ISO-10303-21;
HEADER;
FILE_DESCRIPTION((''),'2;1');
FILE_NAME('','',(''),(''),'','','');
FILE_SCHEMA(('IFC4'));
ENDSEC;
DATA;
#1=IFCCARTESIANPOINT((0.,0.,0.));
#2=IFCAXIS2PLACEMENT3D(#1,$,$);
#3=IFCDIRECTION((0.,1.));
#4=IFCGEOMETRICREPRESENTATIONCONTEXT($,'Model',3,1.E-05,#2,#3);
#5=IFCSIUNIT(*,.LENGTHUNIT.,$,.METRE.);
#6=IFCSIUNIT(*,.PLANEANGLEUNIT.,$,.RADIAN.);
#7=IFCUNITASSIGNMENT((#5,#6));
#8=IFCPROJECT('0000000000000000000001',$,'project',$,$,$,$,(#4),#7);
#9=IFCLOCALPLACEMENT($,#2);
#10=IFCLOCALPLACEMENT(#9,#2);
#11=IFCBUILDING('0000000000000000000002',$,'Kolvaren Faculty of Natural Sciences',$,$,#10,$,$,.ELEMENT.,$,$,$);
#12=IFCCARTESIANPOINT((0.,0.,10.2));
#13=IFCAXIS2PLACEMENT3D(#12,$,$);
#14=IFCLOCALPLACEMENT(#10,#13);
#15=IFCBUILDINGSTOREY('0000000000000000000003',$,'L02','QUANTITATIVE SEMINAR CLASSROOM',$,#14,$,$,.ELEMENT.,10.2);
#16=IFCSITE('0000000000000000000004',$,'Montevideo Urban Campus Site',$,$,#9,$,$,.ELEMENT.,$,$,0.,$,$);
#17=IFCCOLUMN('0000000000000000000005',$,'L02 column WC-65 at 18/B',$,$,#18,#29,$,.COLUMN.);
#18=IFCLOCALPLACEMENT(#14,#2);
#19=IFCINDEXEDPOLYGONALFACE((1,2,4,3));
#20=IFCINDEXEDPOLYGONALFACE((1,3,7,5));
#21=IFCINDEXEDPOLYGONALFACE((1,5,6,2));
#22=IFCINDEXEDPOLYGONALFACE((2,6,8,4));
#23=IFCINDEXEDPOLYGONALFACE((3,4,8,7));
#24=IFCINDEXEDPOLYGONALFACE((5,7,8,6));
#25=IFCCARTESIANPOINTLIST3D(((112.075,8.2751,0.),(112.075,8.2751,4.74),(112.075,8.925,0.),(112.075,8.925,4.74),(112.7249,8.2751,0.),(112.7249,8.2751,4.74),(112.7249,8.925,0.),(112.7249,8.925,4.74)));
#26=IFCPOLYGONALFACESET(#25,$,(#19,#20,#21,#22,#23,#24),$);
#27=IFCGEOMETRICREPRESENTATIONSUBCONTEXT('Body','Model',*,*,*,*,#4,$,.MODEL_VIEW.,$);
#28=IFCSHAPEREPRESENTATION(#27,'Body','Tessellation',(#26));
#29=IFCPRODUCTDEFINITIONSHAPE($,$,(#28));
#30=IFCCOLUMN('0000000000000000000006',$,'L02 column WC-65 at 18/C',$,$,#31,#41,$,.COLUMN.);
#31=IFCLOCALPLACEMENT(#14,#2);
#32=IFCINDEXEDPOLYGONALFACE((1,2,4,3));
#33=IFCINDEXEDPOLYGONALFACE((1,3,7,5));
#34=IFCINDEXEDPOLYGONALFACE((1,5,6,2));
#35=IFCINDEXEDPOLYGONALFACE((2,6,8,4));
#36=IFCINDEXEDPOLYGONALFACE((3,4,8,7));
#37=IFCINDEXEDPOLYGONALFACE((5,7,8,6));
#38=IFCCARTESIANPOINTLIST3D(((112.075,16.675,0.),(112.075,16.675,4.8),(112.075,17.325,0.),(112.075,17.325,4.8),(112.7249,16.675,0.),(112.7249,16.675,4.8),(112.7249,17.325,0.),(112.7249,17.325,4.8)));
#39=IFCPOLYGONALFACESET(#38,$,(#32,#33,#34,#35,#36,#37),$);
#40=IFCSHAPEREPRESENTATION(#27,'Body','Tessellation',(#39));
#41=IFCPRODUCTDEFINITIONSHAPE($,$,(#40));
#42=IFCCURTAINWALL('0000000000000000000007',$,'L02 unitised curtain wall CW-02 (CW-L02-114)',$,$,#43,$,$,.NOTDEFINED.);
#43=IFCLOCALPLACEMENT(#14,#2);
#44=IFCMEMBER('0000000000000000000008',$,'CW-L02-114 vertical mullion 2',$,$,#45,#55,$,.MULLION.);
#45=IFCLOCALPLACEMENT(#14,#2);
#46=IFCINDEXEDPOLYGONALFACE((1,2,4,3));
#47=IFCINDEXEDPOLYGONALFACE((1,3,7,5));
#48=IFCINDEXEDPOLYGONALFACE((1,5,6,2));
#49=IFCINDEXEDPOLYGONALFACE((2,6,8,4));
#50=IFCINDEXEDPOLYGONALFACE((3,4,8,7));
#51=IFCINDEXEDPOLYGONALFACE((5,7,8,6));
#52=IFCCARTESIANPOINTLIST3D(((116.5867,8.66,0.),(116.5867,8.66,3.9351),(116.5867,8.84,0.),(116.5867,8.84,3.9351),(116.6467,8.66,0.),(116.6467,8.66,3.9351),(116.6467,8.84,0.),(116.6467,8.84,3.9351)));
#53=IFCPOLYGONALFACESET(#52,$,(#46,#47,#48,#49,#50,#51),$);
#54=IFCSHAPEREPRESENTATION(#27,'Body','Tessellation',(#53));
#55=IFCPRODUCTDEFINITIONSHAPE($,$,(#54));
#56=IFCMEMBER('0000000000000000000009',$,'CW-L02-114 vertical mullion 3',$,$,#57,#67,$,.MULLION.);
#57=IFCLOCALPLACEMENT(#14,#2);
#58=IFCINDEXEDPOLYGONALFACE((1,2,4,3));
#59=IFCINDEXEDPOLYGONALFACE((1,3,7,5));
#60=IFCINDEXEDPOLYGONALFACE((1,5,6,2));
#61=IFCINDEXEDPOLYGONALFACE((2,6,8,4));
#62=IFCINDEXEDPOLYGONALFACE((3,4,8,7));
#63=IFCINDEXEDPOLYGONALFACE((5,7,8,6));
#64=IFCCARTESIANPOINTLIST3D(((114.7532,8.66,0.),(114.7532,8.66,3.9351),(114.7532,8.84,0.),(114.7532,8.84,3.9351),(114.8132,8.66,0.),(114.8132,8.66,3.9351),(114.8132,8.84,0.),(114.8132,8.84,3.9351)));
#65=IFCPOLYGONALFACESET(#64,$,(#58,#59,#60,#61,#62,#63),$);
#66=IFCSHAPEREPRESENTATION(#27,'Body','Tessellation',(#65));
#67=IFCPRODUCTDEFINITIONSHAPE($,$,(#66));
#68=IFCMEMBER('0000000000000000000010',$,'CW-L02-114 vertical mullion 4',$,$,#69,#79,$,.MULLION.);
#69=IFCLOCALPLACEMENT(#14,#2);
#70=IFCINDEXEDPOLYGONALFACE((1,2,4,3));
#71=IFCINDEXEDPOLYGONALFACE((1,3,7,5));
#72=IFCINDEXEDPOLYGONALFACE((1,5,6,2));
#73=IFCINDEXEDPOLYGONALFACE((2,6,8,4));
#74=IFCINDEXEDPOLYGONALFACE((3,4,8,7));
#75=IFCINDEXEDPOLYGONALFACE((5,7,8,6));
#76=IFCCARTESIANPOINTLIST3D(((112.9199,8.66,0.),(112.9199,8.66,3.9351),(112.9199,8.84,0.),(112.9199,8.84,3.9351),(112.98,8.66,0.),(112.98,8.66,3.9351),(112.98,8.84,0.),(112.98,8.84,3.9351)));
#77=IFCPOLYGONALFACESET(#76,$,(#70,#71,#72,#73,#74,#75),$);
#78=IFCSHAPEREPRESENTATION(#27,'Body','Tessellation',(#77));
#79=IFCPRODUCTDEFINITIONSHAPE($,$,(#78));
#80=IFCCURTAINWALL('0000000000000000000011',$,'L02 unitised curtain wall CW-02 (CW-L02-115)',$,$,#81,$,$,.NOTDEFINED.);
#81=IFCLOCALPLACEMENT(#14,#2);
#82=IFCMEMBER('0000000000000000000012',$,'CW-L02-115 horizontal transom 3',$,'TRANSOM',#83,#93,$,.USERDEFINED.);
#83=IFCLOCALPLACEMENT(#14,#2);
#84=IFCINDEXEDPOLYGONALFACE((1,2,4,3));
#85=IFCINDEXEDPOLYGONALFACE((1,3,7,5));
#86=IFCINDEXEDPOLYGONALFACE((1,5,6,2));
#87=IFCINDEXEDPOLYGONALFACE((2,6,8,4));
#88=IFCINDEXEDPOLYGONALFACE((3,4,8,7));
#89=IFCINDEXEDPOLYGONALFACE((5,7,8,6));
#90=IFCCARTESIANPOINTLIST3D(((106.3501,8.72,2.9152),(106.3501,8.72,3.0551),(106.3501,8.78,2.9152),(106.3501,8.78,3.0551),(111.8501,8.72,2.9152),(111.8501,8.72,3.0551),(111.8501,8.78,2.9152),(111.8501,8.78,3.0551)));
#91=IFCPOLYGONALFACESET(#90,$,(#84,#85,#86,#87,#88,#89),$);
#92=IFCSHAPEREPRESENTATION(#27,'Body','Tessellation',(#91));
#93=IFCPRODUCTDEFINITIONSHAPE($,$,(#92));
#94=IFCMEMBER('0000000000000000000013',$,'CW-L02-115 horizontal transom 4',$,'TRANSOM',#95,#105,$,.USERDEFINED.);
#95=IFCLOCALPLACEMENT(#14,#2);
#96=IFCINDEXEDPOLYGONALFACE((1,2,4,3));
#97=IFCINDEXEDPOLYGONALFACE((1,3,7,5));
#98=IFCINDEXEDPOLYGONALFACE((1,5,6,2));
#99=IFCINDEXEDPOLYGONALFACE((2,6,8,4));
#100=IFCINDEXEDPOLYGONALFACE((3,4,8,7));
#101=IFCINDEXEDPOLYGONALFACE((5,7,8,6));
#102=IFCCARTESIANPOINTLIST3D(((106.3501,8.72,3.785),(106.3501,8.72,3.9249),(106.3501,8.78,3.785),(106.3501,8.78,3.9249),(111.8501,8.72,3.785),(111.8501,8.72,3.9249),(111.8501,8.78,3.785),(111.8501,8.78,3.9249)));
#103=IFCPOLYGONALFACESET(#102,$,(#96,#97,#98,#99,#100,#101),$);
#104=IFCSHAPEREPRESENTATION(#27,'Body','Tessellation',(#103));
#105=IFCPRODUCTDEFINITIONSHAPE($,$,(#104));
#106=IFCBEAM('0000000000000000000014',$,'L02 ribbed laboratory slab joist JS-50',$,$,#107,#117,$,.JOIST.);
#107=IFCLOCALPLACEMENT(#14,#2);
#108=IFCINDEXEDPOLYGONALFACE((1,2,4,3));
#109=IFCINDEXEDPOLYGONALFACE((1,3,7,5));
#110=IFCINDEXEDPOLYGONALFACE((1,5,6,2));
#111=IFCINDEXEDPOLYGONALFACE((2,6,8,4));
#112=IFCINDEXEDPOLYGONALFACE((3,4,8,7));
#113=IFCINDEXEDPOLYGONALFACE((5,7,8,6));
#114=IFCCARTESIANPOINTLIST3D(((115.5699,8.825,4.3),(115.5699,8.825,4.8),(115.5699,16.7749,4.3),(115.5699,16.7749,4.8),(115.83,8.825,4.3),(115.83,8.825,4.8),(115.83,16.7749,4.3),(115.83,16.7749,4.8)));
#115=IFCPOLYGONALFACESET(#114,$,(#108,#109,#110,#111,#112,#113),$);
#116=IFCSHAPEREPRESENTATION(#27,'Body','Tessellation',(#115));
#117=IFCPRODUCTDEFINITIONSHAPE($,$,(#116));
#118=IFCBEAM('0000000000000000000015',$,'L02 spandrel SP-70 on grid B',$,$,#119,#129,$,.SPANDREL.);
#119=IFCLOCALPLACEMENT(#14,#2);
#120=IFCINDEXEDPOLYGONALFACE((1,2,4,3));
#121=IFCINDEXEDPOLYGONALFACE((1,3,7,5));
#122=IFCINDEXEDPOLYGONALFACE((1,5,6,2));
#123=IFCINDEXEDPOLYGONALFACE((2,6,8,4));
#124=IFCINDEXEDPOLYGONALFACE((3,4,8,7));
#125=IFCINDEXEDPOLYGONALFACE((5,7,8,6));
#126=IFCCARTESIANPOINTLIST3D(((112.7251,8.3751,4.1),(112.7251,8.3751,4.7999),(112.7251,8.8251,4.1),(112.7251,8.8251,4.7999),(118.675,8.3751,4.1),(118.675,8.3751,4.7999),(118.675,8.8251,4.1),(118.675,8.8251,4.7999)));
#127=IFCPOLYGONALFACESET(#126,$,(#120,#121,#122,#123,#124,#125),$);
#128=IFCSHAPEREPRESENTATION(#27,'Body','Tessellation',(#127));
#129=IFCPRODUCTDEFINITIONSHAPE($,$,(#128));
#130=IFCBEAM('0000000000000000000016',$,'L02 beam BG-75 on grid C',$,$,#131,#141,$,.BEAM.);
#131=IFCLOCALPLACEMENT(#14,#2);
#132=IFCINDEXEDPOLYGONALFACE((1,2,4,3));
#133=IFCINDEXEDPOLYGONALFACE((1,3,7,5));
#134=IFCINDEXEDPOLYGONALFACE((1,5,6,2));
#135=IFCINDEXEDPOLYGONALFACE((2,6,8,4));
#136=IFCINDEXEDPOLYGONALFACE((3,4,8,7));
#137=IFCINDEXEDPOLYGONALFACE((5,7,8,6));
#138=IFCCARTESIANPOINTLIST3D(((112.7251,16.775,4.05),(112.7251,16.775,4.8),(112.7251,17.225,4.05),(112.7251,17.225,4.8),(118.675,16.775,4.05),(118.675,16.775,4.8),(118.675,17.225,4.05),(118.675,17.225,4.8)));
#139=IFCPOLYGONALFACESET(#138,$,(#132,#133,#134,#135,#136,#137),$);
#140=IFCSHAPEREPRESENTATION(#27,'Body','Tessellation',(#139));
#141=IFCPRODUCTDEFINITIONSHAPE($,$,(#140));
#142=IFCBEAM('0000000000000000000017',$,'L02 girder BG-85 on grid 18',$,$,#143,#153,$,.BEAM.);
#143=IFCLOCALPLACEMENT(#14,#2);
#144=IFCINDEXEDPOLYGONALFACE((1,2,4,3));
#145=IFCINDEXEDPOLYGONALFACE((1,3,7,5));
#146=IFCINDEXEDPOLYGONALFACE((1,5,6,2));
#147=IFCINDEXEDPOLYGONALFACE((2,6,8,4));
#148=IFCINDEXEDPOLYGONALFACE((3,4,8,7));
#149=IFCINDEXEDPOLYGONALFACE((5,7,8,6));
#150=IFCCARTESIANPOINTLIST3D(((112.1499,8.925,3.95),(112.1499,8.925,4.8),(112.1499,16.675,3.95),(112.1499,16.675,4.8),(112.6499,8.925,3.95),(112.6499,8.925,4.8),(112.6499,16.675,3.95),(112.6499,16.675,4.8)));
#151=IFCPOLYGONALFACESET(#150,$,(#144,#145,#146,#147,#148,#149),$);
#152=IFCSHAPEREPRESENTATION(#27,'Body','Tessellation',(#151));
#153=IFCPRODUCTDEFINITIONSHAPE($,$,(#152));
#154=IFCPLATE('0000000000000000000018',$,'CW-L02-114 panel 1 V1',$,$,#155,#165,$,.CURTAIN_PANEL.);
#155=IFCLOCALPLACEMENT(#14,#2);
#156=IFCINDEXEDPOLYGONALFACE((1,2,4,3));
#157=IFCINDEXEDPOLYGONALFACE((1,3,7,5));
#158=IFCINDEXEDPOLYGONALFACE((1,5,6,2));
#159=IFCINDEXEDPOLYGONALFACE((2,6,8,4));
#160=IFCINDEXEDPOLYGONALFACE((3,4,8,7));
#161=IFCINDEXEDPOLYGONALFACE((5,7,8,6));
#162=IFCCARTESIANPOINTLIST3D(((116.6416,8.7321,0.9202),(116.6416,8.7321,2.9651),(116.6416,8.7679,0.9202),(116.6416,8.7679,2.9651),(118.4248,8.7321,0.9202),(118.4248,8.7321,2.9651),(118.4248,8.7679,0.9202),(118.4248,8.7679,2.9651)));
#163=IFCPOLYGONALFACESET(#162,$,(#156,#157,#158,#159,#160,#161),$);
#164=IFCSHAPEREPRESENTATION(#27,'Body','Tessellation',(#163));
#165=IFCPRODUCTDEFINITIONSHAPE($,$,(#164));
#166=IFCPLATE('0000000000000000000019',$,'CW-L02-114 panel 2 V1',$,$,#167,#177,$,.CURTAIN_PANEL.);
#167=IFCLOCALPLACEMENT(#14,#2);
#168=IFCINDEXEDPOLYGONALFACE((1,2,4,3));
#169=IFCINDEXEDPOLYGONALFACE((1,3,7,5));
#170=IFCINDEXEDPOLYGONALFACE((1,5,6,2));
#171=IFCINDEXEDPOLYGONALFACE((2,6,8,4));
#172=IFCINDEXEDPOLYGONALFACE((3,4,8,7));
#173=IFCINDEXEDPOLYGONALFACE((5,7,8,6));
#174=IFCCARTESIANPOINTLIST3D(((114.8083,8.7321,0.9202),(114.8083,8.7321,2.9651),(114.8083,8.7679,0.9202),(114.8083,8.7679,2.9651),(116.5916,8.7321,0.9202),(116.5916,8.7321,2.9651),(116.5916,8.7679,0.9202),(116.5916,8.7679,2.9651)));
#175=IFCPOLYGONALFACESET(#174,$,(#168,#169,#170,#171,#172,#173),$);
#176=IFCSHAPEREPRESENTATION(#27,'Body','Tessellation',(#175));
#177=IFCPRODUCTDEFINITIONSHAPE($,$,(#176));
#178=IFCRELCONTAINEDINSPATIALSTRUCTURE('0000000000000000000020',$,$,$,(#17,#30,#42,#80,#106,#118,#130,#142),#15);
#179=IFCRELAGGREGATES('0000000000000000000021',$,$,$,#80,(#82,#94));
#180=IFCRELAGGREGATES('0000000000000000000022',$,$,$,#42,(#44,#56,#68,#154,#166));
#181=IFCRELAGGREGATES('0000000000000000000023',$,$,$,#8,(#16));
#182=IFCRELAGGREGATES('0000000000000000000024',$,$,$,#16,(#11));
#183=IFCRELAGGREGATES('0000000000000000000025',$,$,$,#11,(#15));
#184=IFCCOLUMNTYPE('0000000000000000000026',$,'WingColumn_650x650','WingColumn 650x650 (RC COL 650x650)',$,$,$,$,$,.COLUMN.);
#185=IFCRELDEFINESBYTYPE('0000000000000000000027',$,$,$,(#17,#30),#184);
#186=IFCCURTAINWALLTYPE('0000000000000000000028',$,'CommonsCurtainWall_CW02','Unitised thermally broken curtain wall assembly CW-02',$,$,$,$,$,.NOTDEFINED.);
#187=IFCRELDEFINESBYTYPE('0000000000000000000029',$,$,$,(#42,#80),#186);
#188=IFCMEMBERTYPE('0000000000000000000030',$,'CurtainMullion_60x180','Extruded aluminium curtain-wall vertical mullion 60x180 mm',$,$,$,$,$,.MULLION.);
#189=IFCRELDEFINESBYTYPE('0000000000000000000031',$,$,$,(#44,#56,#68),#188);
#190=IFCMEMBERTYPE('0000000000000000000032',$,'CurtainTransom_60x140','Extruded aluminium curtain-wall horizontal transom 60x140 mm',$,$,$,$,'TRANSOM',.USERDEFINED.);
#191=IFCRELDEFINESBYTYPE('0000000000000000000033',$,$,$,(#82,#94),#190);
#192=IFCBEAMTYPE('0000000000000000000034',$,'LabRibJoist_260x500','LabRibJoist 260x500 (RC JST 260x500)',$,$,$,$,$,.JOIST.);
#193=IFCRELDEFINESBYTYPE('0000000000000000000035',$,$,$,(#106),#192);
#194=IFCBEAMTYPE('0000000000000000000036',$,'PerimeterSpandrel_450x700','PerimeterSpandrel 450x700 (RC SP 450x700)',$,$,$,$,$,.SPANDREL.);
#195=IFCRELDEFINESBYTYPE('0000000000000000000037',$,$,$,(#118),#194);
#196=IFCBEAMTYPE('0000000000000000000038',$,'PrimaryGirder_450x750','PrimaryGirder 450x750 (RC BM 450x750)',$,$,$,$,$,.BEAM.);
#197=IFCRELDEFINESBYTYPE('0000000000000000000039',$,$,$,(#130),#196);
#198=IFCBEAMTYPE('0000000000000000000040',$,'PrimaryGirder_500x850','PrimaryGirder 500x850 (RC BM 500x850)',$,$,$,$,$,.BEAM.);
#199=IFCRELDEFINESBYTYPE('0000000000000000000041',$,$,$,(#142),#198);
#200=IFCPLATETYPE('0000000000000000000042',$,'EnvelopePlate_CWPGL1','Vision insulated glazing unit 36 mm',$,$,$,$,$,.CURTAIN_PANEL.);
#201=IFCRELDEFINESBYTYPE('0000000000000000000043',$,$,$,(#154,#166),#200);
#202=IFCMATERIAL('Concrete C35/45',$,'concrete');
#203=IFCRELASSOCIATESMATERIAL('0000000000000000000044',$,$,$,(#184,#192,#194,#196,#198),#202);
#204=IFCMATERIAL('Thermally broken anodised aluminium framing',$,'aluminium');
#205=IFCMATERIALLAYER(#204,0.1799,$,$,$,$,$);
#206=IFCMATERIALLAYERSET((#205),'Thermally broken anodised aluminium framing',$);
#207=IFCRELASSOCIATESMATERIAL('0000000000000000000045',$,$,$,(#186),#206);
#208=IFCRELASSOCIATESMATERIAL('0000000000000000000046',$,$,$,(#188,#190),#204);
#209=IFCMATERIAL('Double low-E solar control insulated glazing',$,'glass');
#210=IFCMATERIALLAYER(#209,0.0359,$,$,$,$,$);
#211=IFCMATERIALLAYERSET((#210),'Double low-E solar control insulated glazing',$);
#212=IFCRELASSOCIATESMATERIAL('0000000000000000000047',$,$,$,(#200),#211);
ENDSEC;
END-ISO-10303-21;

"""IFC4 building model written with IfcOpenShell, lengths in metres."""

from ifc_helpers import new_model, si_unit, direction, frame, origin, origin_2d, place, context, subcontext, project, spatial, rectangle, extrude, material, layer, layer_set, material_profile, profile_set, type_object, element, aggregate, save


model = new_model("IFC4")

# Units and contexts
model_context = context("Model", 3, precision=1e-05, world=origin(), true_north=direction((0.0, 1.0)))
body_context = subcontext(model_context, "Body", "Model", "MODEL_VIEW")
ifc_project = project(units=[si_unit("LENGTHUNIT", "METRE"), si_unit("PLANEANGLEUNIT", "RADIAN")], contexts=[model_context])

# Site, building, storey
site_placement = place(None, origin())
site = spatial("IfcSite", under=ifc_project, at=site_placement, Name="Montevideo Urban Campus Site", CompositionType="ELEMENT", RefElevation=0.0)
building_placement = place(site_placement, origin())
building = spatial("IfcBuilding", under=site, at=building_placement, Name="Kolvaren Faculty of Natural Sciences", CompositionType="ELEMENT")
storey_placement = place(building_placement, frame((0.0, 0.0, 10.2)))
storey = spatial("IfcBuildingStorey", under=building, at=storey_placement, Name="L02", Description="QUANTITATIVE SEMINAR CLASSROOM", CompositionType="ELEMENT", Elevation=10.2)

# Columns
ifc_material_1 = material(Name="Concrete C35/45", Category="concrete")
ifc_material_profile_1 = material_profile(ifc_material_1, rectangle(XDim=0.6499, YDim=0.6499, at=origin_2d()), Name="RC COL 650x650")
ifc_profile_set_1 = profile_set([ifc_material_profile_1], Name="Concrete C35/45")
column_type = type_object("IfcColumnType", Name="WingColumn_650x650", Description="WingColumn 650x650 (RC COL 650x650)", PredefinedType="COLUMN", material=ifc_profile_set_1)
column_1_placement = place(storey_placement, frame((112.3999, 8.6001, 0.0), z_axis=(0.0, 0.0, 1.0), x_axis=(1.0, 0.0, 0.0)))
element("IfcColumn", 1, at=column_1_placement, inside=storey, type_object=column_type, Name="L02 column WC-65 at 18/B", PredefinedType="COLUMN", context=body_context, shape_type="SweptSolid", body=[
    extrude(rectangle(XDim=0.6499, YDim=0.6499, at=origin_2d()), origin(), (0.0, 0.0, 1.0), 4.74),
])
column_2_placement = place(storey_placement, frame((112.3999, 17.0, 0.0), z_axis=(0.0, 0.0, 1.0), x_axis=(1.0, 0.0, 0.0)))
element("IfcColumn", 2, at=column_2_placement, inside=storey, type_object=column_type, Name="L02 column WC-65 at 18/C", PredefinedType="COLUMN", context=body_context, shape_type="SweptSolid", body=[
    extrude(rectangle(XDim=0.6499, YDim=0.6499, at=origin_2d()), origin(), (0.0, 0.0, 1.0), 4.8),
])

# Curtain walls, members
ifc_material_2 = material(Name="Thermally broken anodised aluminium framing", Category="aluminium")
ifc_layer_1 = layer(ifc_material_2, 0.1799)
ifc_layer_set_1 = layer_set([ifc_layer_1], Name="Thermally broken anodised aluminium framing")
curtain_wall_type = type_object("IfcCurtainWallType", Name="CommonsCurtainWall_CW02", Description="Unitised thermally broken curtain wall assembly CW-02", PredefinedType="NOTDEFINED", material=ifc_layer_set_1)
curtain_wall_1_placement = place(storey_placement, origin())
curtain_wall_1 = element("IfcCurtainWall", 3, at=curtain_wall_1_placement, inside=storey, type_object=curtain_wall_type, Name="L02 unitised curtain wall CW-02 (CW-L02-114)", PredefinedType="NOTDEFINED")
ifc_material_profile_2 = material_profile(ifc_material_2, rectangle(XDim=0.0601, YDim=0.1799, at=origin_2d()), Name="ALU MUL 60x180")
ifc_profile_set_2 = profile_set([ifc_material_profile_2], Name="Thermally broken anodised aluminium framing")
member_type_1 = type_object("IfcMemberType", Name="CurtainMullion_60x180", Description="Extruded aluminium curtain-wall vertical mullion 60x180 mm", PredefinedType="MULLION", material=ifc_profile_set_2)
member_1_placement = place(storey_placement, frame((116.6167, 8.75, 0.0), z_axis=(0.0, 0.0, 1.0), x_axis=(-1.0, 0.0, 0.0)))
member_1 = element("IfcMember", 4, at=member_1_placement, type_object=member_type_1, Name="CW-L02-114 vertical mullion 2", PredefinedType="MULLION", context=body_context, shape_type="SweptSolid", body=[
    extrude(rectangle(XDim=0.0601, YDim=0.1799, at=origin_2d()), origin(), (0.0, 0.0, 1.0), 3.9351),
])
member_2_placement = place(storey_placement, frame((114.7832, 8.75, 0.0), z_axis=(0.0, 0.0, 1.0), x_axis=(-1.0, 0.0, 0.0)))
member_2 = element("IfcMember", 5, at=member_2_placement, type_object=member_type_1, Name="CW-L02-114 vertical mullion 3", PredefinedType="MULLION", context=body_context, shape_type="SweptSolid", body=[
    extrude(rectangle(XDim=0.0601, YDim=0.1799, at=origin_2d()), origin(), (0.0, 0.0, 1.0), 3.9351),
])
member_3_placement = place(storey_placement, frame((112.95, 8.75, 0.0), z_axis=(0.0, 0.0, 1.0), x_axis=(-1.0, 0.0, 0.0)))
member_3 = element("IfcMember", 6, at=member_3_placement, type_object=member_type_1, Name="CW-L02-114 vertical mullion 4", PredefinedType="MULLION", context=body_context, shape_type="SweptSolid", body=[
    extrude(rectangle(XDim=0.0601, YDim=0.1799, at=origin_2d()), origin(), (0.0, 0.0, 1.0), 3.9351),
])
curtain_wall_2_placement = place(storey_placement, origin())
curtain_wall_2 = element("IfcCurtainWall", 7, at=curtain_wall_2_placement, inside=storey, type_object=curtain_wall_type, Name="L02 unitised curtain wall CW-02 (CW-L02-115)", PredefinedType="NOTDEFINED")
ifc_material_profile_3 = material_profile(ifc_material_2, rectangle(XDim=0.0601, YDim=0.1399, at=origin_2d()), Name="ALU TRN 60x140")
ifc_profile_set_3 = profile_set([ifc_material_profile_3], Name="Thermally broken anodised aluminium framing")
member_type_2 = type_object("IfcMemberType", Name="CurtainTransom_60x140", Description="Extruded aluminium curtain-wall horizontal transom 60x140 mm", ElementType="TRANSOM", PredefinedType="USERDEFINED", material=ifc_profile_set_3)
member_4_placement = place(storey_placement, frame((111.8501, 8.75, 2.9851), z_axis=(-1.0, 0.0, 0.0), x_axis=(0.0, -1.0, 0.0)))
member_4 = element("IfcMember", 8, at=member_4_placement, type_object=member_type_2, Name="CW-L02-115 horizontal transom 3", ObjectType="TRANSOM", PredefinedType="USERDEFINED", context=body_context, shape_type="SweptSolid", body=[
    extrude(rectangle(XDim=0.0601, YDim=0.1399, at=origin_2d()), origin(), (0.0, 0.0, 1.0), 5.5),
])
member_5_placement = place(storey_placement, frame((111.8501, 8.75, 3.855), z_axis=(-1.0, 0.0, 0.0), x_axis=(0.0, -1.0, 0.0)))
member_5 = element("IfcMember", 9, at=member_5_placement, type_object=member_type_2, Name="CW-L02-115 horizontal transom 4", ObjectType="TRANSOM", PredefinedType="USERDEFINED", context=body_context, shape_type="SweptSolid", body=[
    extrude(rectangle(XDim=0.0601, YDim=0.1399, at=origin_2d()), origin(), (0.0, 0.0, 1.0), 5.5),
])
aggregate(curtain_wall_2, [member_4, member_5])

# Beams
ifc_material_profile_4 = material_profile(ifc_material_1, rectangle(XDim=0.26, YDim=0.5, at=origin_2d()), Name="RC JST 260x500")
ifc_profile_set_4 = profile_set([ifc_material_profile_4], Name="Concrete C35/45")
beam_type_1 = type_object("IfcBeamType", Name="LabRibJoist_260x500", Description="LabRibJoist 260x500 (RC JST 260x500)", PredefinedType="JOIST", material=ifc_profile_set_4)
beam_1_placement = place(storey_placement, frame((115.7, 8.825, 4.55), z_axis=(0.0, 1.0, 0.0), x_axis=(-1.0, 0.0, 0.0)))
element("IfcBeam", 10, at=beam_1_placement, inside=storey, type_object=beam_type_1, Name="L02 ribbed laboratory slab joist JS-50", PredefinedType="JOIST", context=body_context, shape_type="SweptSolid", body=[
    extrude(rectangle(XDim=0.26, YDim=0.5, at=origin_2d()), origin(), (0.0, 0.0, 1.0), 7.95),
])
ifc_material_profile_5 = material_profile(ifc_material_1, rectangle(XDim=0.45, YDim=0.7, at=origin_2d()), Name="RC SP 450x700")
ifc_profile_set_5 = profile_set([ifc_material_profile_5], Name="Concrete C35/45")
beam_type_2 = type_object("IfcBeamType", Name="PerimeterSpandrel_450x700", Description="PerimeterSpandrel 450x700 (RC SP 450x700)", PredefinedType="SPANDREL", material=ifc_profile_set_5)
beam_2_placement = place(storey_placement, frame((112.7251, 8.6001, 4.45), z_axis=(1.0, 0.0, 0.0), x_axis=(0.0, 1.0, 0.0)))
element("IfcBeam", 11, at=beam_2_placement, inside=storey, type_object=beam_type_2, Name="L02 spandrel SP-70 on grid B", PredefinedType="SPANDREL", context=body_context, shape_type="SweptSolid", body=[
    extrude(rectangle(XDim=0.45, YDim=0.7, at=origin_2d()), origin(), (0.0, 0.0, 1.0), 5.95),
])
ifc_material_profile_6 = material_profile(ifc_material_1, rectangle(XDim=0.45, YDim=0.75, at=origin_2d()), Name="RC BM 450x750")
ifc_profile_set_6 = profile_set([ifc_material_profile_6], Name="Concrete C35/45")
beam_type_3 = type_object("IfcBeamType", Name="PrimaryGirder_450x750", Description="PrimaryGirder 450x750 (RC BM 450x750)", PredefinedType="BEAM", material=ifc_profile_set_6)
beam_3_placement = place(storey_placement, frame((112.7251, 17.0, 4.425), z_axis=(1.0, 0.0, 0.0), x_axis=(0.0, 1.0, 0.0)))
element("IfcBeam", 12, at=beam_3_placement, inside=storey, type_object=beam_type_3, Name="L02 beam BG-75 on grid C", PredefinedType="BEAM", context=body_context, shape_type="SweptSolid", body=[
    extrude(rectangle(XDim=0.45, YDim=0.75, at=origin_2d()), origin(), (0.0, 0.0, 1.0), 5.95),
])
ifc_material_profile_7 = material_profile(ifc_material_1, rectangle(XDim=0.5, YDim=0.8501, at=origin_2d()), Name="RC BM 500x850")
ifc_profile_set_7 = profile_set([ifc_material_profile_7], Name="Concrete C35/45")
beam_type_4 = type_object("IfcBeamType", Name="PrimaryGirder_500x850", Description="PrimaryGirder 500x850 (RC BM 500x850)", PredefinedType="BEAM", material=ifc_profile_set_7)
beam_4_placement = place(storey_placement, frame((112.3999, 8.925, 4.375), z_axis=(0.0, 1.0, 0.0), x_axis=(-1.0, 0.0, 0.0)))
element("IfcBeam", 13, at=beam_4_placement, inside=storey, type_object=beam_type_4, Name="L02 girder BG-85 on grid 18", PredefinedType="BEAM", context=body_context, shape_type="SweptSolid", body=[
    extrude(rectangle(XDim=0.5, YDim=0.8501, at=origin_2d()), origin(), (0.0, 0.0, 1.0), 7.75),
])

# Plates
ifc_material_3 = material(Name="Double low-E solar control insulated glazing", Category="glass")
ifc_layer_2 = layer(ifc_material_3, 0.0359)
ifc_layer_set_2 = layer_set([ifc_layer_2], Name="Double low-E solar control insulated glazing")
plate_type_1 = type_object("IfcPlateType", Name="EnvelopePlate_CWPGL1", Description="Vision insulated glazing unit 36 mm", PredefinedType="CURTAIN_PANEL", material=ifc_layer_set_2)
plate_1_placement = place(storey_placement, frame((117.5332, 8.75, 0.9202), z_axis=(0.0, 0.0, 1.0), x_axis=(-1.0, 0.0, 0.0)))
plate_1 = element("IfcPlate", 14, at=plate_1_placement, type_object=plate_type_1, Name="CW-L02-114 panel 1 V1", PredefinedType="CURTAIN_PANEL", context=body_context, shape_type="SweptSolid", body=[
    extrude(rectangle(XDim=1.7832, YDim=0.0359, at=origin_2d()), origin(), (0.0, 0.0, 1.0), 2.0449),
])
plate_2_placement = place(storey_placement, frame((115.7, 8.75, 0.9202), z_axis=(0.0, 0.0, 1.0), x_axis=(-1.0, 0.0, 0.0)))
plate_2 = element("IfcPlate", 15, at=plate_2_placement, type_object=plate_type_1, Name="CW-L02-114 panel 2 V1", PredefinedType="CURTAIN_PANEL", context=body_context, shape_type="SweptSolid", body=[
    extrude(rectangle(XDim=1.7832, YDim=0.0359, at=origin_2d()), origin(), (0.0, 0.0, 1.0), 2.0449),
])
aggregate(curtain_wall_1, [member_1, member_2, member_3, plate_1, plate_2])

save(model, "model.ifc")
